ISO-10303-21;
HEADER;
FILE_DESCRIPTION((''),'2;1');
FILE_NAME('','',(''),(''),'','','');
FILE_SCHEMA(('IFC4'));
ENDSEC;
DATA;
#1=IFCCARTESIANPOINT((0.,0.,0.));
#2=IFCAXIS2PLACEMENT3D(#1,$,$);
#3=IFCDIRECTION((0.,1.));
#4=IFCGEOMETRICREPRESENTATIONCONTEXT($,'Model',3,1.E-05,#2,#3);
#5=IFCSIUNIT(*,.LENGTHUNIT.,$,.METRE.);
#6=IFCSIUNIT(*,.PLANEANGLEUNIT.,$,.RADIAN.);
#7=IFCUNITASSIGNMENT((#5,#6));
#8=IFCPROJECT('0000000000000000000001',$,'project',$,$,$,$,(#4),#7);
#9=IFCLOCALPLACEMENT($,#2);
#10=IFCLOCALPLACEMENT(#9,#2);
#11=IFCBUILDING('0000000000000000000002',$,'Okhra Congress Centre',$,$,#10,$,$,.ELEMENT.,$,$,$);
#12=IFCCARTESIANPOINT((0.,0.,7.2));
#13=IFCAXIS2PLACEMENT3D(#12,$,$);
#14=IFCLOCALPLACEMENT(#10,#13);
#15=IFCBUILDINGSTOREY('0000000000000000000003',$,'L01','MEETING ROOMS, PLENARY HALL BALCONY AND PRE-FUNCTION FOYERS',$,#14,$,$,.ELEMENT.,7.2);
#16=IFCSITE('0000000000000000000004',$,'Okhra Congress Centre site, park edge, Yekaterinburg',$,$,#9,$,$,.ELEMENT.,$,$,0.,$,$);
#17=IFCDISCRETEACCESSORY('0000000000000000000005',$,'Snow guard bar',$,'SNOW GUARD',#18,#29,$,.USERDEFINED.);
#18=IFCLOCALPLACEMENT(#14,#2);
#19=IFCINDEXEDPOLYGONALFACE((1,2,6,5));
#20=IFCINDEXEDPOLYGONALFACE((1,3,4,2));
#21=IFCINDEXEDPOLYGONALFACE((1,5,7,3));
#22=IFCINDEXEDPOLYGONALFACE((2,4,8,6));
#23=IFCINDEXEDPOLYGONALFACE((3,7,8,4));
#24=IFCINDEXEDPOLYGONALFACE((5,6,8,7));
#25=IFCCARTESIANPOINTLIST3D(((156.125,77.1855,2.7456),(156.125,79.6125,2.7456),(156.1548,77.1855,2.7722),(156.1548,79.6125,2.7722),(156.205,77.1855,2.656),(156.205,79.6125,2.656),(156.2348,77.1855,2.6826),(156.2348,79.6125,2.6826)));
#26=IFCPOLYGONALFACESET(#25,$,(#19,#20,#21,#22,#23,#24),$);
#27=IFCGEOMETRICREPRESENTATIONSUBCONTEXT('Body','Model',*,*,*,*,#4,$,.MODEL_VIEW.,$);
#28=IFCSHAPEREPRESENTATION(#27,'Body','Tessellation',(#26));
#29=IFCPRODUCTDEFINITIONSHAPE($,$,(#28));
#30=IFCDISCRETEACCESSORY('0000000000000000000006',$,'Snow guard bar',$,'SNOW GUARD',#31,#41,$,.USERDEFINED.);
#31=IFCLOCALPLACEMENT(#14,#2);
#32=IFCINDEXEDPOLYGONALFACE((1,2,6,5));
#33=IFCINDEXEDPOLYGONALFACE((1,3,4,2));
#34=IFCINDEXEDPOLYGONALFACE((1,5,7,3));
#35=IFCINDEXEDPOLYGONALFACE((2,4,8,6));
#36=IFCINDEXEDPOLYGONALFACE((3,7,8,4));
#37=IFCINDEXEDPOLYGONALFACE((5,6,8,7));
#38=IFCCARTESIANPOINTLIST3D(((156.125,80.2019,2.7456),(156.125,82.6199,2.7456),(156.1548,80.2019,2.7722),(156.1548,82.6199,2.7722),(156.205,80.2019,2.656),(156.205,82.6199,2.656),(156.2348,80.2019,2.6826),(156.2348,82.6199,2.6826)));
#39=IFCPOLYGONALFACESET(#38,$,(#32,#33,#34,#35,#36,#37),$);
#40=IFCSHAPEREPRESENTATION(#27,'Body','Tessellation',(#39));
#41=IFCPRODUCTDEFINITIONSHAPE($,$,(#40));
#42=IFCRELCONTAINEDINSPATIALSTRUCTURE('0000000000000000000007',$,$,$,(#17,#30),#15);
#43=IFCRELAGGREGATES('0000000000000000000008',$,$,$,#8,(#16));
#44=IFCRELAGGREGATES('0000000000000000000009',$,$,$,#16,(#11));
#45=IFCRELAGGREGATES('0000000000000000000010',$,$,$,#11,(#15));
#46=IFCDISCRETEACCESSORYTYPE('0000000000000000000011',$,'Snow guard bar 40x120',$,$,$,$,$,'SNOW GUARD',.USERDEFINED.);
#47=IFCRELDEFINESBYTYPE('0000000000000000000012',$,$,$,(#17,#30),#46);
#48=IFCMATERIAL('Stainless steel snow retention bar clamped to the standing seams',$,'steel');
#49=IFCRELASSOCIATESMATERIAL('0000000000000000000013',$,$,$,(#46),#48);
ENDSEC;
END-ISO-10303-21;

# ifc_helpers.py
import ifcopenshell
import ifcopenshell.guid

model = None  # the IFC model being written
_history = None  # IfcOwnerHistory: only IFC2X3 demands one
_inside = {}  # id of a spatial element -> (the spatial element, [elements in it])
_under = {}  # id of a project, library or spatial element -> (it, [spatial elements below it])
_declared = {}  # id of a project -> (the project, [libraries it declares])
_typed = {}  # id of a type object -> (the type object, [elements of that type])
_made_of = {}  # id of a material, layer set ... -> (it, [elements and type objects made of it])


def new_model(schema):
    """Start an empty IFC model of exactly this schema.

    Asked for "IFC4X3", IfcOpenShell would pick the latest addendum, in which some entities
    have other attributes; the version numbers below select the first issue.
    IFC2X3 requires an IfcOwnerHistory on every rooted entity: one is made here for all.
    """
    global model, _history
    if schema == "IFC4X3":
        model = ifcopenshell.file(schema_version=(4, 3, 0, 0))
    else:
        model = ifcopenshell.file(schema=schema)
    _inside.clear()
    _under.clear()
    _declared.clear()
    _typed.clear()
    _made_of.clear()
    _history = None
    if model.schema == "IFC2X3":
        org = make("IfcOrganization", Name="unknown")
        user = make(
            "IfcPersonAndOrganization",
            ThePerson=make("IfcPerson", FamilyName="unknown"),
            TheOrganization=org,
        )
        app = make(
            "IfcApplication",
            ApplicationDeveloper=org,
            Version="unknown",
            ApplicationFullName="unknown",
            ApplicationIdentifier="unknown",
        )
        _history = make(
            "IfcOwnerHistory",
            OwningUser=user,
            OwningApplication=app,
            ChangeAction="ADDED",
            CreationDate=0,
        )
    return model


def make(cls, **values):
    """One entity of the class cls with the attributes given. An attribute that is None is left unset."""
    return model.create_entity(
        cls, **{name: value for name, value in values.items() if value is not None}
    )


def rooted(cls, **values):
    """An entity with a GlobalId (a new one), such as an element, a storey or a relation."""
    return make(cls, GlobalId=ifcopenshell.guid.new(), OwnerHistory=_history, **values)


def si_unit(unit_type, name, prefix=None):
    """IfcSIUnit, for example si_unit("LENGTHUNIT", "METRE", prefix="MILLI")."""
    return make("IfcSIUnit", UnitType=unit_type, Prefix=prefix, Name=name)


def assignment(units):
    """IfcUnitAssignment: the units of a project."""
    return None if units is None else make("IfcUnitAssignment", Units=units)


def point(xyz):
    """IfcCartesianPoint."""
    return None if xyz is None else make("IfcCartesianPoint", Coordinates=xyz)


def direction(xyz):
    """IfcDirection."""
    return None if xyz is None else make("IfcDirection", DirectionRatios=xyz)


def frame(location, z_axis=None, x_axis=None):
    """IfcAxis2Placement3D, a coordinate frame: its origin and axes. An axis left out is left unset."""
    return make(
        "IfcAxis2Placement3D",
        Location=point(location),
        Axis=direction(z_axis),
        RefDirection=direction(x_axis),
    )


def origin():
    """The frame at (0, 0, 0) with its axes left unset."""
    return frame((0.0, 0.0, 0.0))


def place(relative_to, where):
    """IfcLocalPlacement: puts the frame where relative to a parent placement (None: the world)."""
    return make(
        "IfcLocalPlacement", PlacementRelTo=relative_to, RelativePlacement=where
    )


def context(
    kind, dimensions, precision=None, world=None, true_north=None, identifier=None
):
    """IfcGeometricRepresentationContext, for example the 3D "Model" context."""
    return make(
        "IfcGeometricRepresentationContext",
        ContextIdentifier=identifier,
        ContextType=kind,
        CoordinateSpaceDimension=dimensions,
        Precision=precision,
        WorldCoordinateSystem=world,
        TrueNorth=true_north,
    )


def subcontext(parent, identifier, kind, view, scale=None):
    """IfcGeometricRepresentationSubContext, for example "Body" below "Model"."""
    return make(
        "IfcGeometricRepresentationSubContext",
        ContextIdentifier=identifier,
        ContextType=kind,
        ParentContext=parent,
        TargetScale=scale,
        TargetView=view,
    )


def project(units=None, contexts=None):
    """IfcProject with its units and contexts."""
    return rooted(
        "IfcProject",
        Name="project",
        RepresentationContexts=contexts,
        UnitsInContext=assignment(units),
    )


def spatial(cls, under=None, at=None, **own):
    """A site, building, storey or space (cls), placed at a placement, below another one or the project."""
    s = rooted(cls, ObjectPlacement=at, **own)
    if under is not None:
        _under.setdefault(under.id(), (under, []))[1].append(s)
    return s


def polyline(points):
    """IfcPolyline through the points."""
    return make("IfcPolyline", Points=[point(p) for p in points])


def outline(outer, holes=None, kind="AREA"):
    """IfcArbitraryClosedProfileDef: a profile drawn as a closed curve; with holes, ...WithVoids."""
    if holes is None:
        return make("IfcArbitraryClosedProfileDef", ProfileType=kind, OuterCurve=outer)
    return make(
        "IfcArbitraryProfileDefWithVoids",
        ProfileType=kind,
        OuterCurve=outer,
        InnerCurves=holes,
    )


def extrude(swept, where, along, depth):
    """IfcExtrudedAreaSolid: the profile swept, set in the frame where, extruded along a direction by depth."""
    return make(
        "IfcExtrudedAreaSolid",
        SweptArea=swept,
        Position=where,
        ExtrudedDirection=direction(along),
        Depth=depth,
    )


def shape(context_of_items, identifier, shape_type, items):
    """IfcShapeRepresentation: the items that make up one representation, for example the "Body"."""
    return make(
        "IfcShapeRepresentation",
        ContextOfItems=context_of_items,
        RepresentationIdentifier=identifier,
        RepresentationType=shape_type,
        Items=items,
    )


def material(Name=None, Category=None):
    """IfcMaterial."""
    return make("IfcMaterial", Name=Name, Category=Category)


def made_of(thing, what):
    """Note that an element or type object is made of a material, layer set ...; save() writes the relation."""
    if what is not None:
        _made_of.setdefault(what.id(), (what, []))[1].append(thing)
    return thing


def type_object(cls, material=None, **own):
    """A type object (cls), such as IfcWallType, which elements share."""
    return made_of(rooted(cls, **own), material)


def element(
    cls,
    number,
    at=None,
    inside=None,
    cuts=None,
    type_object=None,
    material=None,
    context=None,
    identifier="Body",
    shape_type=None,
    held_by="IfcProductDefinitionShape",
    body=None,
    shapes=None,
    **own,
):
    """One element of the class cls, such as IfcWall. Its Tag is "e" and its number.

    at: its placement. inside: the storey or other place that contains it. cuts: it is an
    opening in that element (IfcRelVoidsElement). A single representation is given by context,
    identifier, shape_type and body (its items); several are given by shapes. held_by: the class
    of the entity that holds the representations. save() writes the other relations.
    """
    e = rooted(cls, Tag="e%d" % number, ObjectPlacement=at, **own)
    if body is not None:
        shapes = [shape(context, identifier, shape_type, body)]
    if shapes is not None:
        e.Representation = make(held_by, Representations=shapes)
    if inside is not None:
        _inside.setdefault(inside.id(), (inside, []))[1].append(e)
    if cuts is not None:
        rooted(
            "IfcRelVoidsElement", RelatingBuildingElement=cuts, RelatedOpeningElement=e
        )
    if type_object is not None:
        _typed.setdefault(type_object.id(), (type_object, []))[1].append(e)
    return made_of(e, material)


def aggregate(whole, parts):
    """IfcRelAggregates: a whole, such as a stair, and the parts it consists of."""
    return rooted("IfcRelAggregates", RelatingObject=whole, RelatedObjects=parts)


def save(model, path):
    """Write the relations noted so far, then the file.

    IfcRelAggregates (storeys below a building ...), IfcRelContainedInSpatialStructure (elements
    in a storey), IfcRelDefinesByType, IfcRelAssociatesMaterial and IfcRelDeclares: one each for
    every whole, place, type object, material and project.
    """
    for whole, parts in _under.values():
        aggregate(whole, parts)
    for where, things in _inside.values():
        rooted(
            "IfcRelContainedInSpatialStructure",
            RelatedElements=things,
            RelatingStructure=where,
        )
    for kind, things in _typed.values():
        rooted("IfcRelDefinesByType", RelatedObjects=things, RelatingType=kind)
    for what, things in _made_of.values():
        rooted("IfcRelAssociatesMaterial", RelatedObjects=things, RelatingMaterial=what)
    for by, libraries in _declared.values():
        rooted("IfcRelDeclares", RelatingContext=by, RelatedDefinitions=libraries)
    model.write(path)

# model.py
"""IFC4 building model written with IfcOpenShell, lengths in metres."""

from ifc_helpers import new_model, si_unit, direction, frame, origin, place, context, subcontext, project, spatial, polyline, outline, extrude, material, type_object, element, save


model = new_model("IFC4")

# Units and contexts
model_context = context("Model", 3, precision=1e-05, world=origin(), true_north=direction((0.0, 1.0)))
body_context = subcontext(model_context, "Body", "Model", "MODEL_VIEW")
ifc_project = project(units=[si_unit("LENGTHUNIT", "METRE"), si_unit("PLANEANGLEUNIT", "RADIAN")], contexts=[model_context])

# Site, building, storey
site_placement = place(None, origin())
site = spatial("IfcSite", under=ifc_project, at=site_placement, Name="Okhra Congress Centre site, park edge, Yekaterinburg", CompositionType="ELEMENT", RefElevation=0.0)
building_placement = place(site_placement, origin())
building = spatial("IfcBuilding", under=site, at=building_placement, Name="Okhra Congress Centre", CompositionType="ELEMENT")
storey_placement = place(building_placement, frame((0.0, 0.0, 7.2)))
storey = spatial("IfcBuildingStorey", under=building, at=storey_placement, Name="L01", Description="MEETING ROOMS, PLENARY HALL BALCONY AND PRE-FUNCTION FOYERS", CompositionType="ELEMENT", Elevation=7.2)

# Discrete accessories
ifc_material_1 = material(Name="Stainless steel snow retention bar clamped to the standing seams", Category="steel")
discrete_accessory_type_1 = type_object("IfcDiscreteAccessoryType", Name="Snow guard bar 40x120", ElementType="SNOW GUARD", PredefinedType="USERDEFINED", material=ifc_material_1)
discrete_accessory_1_placement = place(storey_placement, frame((156.125, 77.1855, 2.7456), z_axis=(-0.666259, 0.0, 0.745721), x_axis=(0.745721, 0.0, 0.666259)))
element("IfcDiscreteAccessory", 1, at=discrete_accessory_1_placement, inside=storey, type_object=discrete_accessory_type_1, Name="Snow guard bar", ObjectType="SNOW GUARD", PredefinedType="USERDEFINED", context=body_context, shape_type="SweptSolid", body=[
    extrude(outline(polyline([(0.0, 0.0), (0.0399, 0.0), (0.0399, 2.427), (0.0, 2.427), (0.0, 0.0)])), origin(), (0.0, 0.0, -1.0), 0.1201),
])
discrete_accessory_2_placement = place(storey_placement, frame((156.125, 80.2019, 2.7456), z_axis=(-0.666259, 0.0, 0.745721), x_axis=(0.745721, 0.0, 0.666259)))
element("IfcDiscreteAccessory", 2, at=discrete_accessory_2_placement, inside=storey, type_object=discrete_accessory_type_1, Name="Snow guard bar", ObjectType="SNOW GUARD", PredefinedType="USERDEFINED", context=body_context, shape_type="SweptSolid", body=[
    extrude(outline(polyline([(0.0, 0.0), (0.0399, 0.0), (0.0399, 2.418), (0.0, 2.418), (0.0, 0.0)])), origin(), (0.0, 0.0, -1.0), 0.1201),
])

save(model, "model.ifc")
